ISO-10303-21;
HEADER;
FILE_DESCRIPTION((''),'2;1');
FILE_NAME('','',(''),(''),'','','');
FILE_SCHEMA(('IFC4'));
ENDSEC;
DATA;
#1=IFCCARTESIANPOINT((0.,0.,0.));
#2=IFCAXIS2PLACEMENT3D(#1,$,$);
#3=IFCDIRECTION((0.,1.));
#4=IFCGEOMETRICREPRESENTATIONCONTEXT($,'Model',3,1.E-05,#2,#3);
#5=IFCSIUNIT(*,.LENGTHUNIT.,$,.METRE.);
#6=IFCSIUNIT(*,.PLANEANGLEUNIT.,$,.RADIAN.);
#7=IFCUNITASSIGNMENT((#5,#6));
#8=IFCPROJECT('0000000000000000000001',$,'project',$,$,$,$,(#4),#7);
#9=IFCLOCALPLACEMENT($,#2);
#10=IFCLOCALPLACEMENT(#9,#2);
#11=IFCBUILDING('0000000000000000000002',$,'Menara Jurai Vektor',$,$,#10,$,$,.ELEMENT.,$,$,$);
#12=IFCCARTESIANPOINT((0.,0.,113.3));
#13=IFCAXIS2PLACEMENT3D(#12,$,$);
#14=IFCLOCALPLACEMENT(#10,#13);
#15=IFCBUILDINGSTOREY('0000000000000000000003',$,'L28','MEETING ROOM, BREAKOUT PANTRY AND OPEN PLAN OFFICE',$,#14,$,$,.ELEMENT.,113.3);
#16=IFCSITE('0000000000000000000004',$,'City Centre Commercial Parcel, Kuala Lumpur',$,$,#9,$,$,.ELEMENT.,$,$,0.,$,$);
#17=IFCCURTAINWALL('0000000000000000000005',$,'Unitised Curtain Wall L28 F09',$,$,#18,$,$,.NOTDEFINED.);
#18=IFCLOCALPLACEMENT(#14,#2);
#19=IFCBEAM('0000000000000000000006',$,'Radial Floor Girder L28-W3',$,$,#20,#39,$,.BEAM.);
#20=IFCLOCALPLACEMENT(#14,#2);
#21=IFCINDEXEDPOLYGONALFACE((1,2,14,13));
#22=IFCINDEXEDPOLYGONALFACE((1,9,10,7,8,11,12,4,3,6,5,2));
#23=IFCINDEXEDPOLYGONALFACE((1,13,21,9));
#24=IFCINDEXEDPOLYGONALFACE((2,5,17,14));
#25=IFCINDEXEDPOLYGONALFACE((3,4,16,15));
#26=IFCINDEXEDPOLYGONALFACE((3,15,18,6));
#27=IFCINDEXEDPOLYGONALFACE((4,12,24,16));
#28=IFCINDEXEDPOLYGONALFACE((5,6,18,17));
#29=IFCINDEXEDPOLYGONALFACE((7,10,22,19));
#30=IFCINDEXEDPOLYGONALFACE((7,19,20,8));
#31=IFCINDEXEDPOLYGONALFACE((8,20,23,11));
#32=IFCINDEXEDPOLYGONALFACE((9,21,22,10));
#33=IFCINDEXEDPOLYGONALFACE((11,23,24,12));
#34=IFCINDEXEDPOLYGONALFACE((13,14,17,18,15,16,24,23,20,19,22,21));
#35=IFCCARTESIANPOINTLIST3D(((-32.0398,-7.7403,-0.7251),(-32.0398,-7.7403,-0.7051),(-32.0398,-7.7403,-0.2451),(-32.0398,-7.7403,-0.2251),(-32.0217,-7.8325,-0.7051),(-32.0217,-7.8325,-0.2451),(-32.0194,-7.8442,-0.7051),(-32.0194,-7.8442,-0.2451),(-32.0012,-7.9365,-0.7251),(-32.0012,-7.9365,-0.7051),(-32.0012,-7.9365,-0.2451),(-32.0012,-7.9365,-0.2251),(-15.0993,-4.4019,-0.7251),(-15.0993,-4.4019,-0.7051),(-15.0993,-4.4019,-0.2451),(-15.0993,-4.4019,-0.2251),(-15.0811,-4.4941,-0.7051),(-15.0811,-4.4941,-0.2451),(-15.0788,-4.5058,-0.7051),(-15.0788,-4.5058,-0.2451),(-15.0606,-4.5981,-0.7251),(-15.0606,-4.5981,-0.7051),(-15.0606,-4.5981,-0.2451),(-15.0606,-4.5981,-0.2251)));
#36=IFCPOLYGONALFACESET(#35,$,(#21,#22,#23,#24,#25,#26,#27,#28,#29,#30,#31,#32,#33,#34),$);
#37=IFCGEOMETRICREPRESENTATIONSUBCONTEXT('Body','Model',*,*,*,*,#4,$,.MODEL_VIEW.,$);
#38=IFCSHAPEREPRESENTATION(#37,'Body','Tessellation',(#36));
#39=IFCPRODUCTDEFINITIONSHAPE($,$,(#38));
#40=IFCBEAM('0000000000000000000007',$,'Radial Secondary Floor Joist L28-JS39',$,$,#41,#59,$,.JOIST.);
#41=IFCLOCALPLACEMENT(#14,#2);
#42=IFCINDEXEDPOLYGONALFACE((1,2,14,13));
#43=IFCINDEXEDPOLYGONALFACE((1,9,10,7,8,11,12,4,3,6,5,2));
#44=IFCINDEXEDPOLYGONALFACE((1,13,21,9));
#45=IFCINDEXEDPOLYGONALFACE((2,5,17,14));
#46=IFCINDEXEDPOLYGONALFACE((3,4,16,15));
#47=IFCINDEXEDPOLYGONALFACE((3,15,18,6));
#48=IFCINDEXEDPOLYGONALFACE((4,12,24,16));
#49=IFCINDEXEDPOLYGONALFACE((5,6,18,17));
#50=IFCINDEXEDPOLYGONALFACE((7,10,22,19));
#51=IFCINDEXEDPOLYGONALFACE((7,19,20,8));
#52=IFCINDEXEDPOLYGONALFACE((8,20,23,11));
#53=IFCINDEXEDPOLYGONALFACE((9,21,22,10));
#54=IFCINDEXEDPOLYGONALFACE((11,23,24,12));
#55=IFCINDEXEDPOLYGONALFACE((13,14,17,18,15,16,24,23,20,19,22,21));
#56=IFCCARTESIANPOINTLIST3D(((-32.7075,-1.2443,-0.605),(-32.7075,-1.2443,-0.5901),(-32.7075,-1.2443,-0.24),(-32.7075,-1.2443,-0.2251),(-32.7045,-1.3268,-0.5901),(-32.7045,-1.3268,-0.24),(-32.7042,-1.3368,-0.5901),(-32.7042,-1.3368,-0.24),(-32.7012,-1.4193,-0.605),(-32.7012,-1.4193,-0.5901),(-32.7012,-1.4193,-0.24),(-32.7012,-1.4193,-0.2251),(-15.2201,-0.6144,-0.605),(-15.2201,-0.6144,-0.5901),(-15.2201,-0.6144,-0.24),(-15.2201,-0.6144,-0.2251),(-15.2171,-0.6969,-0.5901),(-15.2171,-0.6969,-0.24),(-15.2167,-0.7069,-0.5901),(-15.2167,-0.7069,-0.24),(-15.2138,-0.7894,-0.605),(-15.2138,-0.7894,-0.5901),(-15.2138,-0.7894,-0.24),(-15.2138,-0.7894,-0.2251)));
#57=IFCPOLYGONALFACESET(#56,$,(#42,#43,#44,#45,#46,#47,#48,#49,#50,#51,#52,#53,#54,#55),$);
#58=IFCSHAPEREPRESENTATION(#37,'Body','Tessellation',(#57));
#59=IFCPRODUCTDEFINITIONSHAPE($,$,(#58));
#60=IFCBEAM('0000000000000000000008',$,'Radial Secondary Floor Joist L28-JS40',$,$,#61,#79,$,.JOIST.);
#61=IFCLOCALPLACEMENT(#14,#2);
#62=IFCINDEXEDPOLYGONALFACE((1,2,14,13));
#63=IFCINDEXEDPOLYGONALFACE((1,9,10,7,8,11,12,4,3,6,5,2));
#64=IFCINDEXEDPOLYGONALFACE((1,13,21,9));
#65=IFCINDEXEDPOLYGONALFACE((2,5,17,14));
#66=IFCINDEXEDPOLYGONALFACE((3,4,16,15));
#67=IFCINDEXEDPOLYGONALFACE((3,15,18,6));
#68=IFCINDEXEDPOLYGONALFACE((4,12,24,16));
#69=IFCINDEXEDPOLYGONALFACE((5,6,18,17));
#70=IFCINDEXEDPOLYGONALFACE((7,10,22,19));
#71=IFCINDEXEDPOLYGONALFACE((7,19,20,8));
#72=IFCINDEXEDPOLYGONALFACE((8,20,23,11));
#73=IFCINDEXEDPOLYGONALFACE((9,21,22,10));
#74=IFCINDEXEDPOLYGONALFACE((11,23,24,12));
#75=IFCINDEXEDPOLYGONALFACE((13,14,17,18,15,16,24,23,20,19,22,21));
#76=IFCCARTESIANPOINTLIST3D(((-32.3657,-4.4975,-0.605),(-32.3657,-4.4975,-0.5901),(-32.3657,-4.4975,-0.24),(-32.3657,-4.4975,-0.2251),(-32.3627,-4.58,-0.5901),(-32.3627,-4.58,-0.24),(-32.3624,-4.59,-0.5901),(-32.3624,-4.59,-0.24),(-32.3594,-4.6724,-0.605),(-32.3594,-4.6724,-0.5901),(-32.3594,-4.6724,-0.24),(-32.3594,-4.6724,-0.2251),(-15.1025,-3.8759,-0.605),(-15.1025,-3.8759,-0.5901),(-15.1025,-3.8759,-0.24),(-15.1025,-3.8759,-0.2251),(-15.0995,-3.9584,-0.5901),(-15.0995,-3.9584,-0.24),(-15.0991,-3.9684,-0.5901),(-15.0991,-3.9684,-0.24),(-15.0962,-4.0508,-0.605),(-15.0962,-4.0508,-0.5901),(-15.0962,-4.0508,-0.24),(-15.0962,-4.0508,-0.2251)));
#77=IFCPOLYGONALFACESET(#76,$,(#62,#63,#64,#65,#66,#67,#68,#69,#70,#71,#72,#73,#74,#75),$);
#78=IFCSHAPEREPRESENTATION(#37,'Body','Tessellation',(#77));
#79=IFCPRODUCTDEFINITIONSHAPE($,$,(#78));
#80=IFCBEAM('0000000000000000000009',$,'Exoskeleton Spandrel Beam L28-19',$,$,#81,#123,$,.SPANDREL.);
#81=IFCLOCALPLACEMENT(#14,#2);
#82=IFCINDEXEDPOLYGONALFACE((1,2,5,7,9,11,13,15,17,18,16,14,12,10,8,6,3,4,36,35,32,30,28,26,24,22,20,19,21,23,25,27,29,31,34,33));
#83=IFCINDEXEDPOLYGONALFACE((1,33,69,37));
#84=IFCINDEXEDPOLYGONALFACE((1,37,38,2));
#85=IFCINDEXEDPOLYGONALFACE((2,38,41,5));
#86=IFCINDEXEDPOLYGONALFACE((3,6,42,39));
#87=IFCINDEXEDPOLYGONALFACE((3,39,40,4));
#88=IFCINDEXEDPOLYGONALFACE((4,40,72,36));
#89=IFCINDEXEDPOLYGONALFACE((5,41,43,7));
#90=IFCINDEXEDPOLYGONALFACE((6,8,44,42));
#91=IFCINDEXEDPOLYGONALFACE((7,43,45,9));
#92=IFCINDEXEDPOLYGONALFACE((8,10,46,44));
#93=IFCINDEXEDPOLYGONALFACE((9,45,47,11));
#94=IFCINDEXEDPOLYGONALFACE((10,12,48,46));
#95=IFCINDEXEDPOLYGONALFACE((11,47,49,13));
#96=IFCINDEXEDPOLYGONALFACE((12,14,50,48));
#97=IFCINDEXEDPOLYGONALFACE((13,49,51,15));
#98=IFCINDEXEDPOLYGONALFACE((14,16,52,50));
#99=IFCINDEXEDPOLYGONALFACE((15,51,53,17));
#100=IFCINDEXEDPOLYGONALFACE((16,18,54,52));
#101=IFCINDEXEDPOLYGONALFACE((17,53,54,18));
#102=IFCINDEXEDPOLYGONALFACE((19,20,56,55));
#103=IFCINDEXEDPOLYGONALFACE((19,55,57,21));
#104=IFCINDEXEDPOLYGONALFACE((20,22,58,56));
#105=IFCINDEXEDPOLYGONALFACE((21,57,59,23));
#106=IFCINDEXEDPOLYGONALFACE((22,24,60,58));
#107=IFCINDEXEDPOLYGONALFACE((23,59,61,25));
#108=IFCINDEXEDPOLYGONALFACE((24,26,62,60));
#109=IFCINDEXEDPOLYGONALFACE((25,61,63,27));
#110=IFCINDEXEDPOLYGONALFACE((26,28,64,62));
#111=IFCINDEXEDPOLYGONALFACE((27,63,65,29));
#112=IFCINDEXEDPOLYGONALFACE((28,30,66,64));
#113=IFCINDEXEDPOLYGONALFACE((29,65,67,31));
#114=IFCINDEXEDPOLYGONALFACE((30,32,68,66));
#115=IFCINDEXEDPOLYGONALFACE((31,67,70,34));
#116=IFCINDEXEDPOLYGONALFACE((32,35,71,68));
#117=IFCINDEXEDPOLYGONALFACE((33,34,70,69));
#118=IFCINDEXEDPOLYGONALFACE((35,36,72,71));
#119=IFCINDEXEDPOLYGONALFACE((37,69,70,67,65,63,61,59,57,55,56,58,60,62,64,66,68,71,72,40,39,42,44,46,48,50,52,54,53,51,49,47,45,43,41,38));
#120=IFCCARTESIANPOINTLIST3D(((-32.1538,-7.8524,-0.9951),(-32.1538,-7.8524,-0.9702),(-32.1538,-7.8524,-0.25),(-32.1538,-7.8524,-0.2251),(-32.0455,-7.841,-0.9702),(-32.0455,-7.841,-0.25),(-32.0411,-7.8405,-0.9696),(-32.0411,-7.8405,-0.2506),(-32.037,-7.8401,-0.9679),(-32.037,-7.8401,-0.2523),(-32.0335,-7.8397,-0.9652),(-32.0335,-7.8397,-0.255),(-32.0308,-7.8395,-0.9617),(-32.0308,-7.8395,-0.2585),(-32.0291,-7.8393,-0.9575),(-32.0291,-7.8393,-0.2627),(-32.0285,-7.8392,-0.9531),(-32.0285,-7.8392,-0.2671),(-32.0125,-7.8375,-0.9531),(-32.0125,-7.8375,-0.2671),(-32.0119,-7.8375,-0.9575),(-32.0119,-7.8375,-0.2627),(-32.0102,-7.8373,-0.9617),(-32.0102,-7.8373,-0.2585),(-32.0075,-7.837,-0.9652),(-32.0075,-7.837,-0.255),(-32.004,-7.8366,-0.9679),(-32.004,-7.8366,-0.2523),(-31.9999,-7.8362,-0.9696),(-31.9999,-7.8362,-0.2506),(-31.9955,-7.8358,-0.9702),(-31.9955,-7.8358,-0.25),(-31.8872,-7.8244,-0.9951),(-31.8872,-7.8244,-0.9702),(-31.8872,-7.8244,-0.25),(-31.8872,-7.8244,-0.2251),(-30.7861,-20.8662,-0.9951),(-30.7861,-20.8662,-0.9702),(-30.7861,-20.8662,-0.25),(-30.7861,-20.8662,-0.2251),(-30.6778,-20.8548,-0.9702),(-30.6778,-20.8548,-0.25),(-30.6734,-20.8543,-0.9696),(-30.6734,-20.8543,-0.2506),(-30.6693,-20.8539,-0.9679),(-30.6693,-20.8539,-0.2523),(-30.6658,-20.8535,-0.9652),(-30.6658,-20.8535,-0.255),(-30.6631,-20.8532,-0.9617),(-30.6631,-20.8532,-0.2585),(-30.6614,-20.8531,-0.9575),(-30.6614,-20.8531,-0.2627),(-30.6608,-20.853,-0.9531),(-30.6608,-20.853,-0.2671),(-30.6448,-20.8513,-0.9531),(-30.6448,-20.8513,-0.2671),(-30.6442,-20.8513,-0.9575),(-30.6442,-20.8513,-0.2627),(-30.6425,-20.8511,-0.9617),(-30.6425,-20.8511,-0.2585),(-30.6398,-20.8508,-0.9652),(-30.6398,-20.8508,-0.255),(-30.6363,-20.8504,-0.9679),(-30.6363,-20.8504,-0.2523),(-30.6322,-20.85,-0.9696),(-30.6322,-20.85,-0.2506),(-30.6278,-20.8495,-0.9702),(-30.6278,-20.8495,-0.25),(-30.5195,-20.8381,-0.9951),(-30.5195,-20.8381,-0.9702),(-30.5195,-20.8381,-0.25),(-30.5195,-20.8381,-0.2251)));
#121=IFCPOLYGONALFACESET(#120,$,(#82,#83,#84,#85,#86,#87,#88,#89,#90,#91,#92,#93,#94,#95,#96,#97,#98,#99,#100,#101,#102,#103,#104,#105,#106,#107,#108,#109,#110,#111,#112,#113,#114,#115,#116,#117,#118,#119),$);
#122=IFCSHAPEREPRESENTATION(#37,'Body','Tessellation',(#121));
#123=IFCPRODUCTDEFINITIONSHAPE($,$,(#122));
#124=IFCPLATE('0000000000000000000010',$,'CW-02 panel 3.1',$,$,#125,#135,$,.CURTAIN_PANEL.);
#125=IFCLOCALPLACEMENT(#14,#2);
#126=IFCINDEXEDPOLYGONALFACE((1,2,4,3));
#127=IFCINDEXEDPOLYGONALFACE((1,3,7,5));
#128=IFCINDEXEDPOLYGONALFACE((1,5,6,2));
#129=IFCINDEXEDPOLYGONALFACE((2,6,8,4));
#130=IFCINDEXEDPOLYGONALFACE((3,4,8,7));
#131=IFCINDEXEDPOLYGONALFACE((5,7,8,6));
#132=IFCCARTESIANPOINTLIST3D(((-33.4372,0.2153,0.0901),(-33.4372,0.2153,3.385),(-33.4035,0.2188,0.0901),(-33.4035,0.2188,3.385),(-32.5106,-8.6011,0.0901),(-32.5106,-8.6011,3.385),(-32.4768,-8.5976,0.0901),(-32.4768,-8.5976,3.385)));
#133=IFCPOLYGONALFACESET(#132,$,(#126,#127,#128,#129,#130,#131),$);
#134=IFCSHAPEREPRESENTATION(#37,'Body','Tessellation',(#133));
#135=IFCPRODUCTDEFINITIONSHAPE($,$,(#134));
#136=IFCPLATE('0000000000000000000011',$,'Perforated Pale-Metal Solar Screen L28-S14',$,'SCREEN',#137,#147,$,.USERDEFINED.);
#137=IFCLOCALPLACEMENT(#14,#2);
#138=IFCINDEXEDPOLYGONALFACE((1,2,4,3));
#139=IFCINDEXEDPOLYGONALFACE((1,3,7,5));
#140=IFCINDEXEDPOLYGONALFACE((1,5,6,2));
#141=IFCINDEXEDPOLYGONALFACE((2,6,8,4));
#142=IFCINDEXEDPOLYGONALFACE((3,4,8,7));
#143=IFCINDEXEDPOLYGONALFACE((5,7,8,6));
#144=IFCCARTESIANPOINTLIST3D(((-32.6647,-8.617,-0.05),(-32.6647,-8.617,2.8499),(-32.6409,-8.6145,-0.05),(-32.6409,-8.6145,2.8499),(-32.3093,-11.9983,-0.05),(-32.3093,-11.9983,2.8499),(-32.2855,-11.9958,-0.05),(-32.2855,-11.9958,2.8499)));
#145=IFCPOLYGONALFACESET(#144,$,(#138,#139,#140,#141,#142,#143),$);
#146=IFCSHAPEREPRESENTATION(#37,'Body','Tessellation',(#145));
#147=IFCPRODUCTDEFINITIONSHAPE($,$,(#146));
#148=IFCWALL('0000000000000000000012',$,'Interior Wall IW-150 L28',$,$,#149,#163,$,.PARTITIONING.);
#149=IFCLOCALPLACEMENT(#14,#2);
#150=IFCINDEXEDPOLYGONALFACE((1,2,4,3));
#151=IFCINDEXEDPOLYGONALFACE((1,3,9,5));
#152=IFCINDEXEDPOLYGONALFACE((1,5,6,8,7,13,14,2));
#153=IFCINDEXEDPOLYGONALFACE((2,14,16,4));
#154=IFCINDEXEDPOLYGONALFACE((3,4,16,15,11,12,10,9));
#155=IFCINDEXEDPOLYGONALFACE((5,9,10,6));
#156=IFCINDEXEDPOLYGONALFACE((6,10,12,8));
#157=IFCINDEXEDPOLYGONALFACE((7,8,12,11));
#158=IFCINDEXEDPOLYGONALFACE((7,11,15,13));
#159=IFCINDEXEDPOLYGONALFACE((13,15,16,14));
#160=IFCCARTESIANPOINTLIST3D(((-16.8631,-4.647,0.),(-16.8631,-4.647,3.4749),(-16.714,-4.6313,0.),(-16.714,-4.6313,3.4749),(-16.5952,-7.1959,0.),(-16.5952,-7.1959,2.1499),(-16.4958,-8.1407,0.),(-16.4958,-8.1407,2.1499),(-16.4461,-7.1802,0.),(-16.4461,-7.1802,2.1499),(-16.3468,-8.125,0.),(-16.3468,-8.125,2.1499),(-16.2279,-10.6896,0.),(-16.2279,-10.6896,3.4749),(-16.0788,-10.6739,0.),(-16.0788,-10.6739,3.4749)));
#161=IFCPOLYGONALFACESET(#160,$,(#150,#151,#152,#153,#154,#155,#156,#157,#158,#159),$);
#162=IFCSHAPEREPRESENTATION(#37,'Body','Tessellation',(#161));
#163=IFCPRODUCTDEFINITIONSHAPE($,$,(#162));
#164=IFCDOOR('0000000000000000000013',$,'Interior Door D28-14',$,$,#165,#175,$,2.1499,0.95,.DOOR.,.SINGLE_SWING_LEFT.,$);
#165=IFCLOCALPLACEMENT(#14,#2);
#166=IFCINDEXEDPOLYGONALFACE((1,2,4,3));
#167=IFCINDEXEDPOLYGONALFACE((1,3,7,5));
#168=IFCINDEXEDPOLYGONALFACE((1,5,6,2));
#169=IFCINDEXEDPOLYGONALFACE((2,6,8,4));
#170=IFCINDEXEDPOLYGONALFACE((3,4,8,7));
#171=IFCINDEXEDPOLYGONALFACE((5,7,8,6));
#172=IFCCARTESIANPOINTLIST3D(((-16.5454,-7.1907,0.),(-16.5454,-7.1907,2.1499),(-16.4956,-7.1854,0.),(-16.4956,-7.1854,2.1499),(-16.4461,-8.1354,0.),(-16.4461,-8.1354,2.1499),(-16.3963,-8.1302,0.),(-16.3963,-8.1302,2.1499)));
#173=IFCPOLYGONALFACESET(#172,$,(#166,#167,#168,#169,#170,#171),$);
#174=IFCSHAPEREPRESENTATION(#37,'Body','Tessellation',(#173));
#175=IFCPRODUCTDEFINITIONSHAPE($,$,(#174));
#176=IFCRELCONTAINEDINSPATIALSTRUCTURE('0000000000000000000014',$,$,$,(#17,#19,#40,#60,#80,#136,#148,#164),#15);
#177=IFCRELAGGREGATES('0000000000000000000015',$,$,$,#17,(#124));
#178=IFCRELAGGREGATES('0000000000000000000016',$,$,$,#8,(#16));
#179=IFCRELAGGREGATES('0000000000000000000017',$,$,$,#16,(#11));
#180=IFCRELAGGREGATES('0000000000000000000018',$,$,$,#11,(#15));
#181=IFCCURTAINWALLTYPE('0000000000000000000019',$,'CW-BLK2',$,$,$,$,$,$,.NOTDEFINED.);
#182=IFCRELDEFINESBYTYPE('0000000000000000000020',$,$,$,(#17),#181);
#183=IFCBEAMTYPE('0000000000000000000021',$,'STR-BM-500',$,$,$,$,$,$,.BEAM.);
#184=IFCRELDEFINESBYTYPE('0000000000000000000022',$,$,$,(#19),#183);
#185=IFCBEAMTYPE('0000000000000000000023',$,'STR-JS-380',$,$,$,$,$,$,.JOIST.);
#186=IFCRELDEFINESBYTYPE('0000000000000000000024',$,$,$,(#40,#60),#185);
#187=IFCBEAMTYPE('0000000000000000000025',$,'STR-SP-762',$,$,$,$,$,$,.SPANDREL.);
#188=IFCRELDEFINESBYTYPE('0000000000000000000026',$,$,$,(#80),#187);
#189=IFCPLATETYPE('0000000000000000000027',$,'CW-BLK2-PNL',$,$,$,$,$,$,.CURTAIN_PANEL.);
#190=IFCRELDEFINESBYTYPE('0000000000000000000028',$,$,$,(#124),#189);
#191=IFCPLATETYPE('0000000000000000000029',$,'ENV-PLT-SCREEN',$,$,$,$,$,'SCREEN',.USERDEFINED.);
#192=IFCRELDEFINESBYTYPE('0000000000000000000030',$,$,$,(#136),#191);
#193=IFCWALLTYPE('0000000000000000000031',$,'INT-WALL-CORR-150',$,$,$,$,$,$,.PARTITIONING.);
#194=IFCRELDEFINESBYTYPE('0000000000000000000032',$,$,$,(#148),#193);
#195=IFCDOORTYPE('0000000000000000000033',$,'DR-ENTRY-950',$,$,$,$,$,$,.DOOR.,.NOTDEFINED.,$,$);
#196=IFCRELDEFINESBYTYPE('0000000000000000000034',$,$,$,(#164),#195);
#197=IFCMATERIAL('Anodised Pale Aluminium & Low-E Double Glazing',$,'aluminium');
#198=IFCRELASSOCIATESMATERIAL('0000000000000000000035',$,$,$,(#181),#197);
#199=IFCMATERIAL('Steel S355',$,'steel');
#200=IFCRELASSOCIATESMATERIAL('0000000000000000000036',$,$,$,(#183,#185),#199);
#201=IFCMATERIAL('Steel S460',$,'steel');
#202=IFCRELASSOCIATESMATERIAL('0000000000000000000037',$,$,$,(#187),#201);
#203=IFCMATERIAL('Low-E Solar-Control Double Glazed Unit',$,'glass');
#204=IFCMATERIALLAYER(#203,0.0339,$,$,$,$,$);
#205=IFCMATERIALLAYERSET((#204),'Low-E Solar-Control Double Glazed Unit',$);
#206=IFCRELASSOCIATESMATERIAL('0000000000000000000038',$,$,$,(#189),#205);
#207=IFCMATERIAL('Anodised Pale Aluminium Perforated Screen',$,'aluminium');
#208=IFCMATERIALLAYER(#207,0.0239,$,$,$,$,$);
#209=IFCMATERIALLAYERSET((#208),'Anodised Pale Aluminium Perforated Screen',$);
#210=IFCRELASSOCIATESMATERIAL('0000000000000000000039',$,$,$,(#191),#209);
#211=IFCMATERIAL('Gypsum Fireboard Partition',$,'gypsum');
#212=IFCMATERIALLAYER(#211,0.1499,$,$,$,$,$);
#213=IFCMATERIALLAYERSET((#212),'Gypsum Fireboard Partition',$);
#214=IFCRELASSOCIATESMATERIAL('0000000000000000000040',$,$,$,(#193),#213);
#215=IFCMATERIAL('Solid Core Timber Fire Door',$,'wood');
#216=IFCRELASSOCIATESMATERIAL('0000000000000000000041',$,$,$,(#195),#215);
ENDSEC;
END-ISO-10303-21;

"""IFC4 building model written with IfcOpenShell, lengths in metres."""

from ifc_helpers import new_model, si_unit, direction, frame, frame_2d, origin, origin_2d, place, context, subcontext, project, spatial, rectangle, i_section, extrude, material, layer, layer_set, material_profile, profile_set, type_object, element, fill, aggregate, save


model = new_model("IFC4")

# Units and contexts
model_context = context("Model", 3, precision=1e-05, world=origin(), true_north=direction((0.0, 1.0)))
body_context = subcontext(model_context, "Body", "Model", "MODEL_VIEW")
ifc_project = project(units=[si_unit("LENGTHUNIT", "METRE"), si_unit("PLANEANGLEUNIT", "RADIAN")], contexts=[model_context])

# Site, building, storey
site_placement = place(None, origin())
site = spatial("IfcSite", under=ifc_project, at=site_placement, Name="City Centre Commercial Parcel, Kuala Lumpur", CompositionType="ELEMENT", RefElevation=0.0)
building_placement = place(site_placement, origin())
building = spatial("IfcBuilding", under=site, at=building_placement, Name="Menara Jurai Vektor", CompositionType="ELEMENT")
storey_placement = place(building_placement, frame((0.0, 0.0, 113.3)))
storey = spatial("IfcBuildingStorey", under=building, at=storey_placement, Name="L28", Description="MEETING ROOM, BREAKOUT PANTRY AND OPEN PLAN OFFICE", CompositionType="ELEMENT", Elevation=113.3)

# Shared definitions
ifc_material_1 = material(Name="Steel S460", Category="steel")

# Curtain wall
ifc_material_2 = material(Name="Anodised Pale Aluminium & Low-E Double Glazing", Category="aluminium")
curtain_wall_type = type_object("IfcCurtainWallType", Name="CW-BLK2", PredefinedType="NOTDEFINED", material=ifc_material_2)
curtain_wall_placement = place(storey_placement, origin())
curtain_wall = element("IfcCurtainWall", 1, at=curtain_wall_placement, inside=storey, type_object=curtain_wall_type, Name="Unitised Curtain Wall L28 F09", PredefinedType="NOTDEFINED")

# Beams
ifc_material_3 = material(Name="Steel S355", Category="steel")
ifc_material_profile_1 = material_profile(ifc_material_3, i_section(OverallWidth=0.2, OverallDepth=0.5, WebThickness=0.012, FlangeThickness=0.02, at=origin_2d()), Name="PG 500x200x96")
ifc_profile_set_1 = profile_set([ifc_material_profile_1], Name="Steel S355")
beam_type_1 = type_object("IfcBeamType", Name="STR-BM-500", PredefinedType="BEAM", material=ifc_profile_set_1)
beam_1_placement = place(storey_placement, frame((-32.0205, -7.8384, -0.4751), z_axis=(0.98113, 0.193347, 0.0), x_axis=(-0.193347, 0.98113, 0.0)))
element("IfcBeam", 2, at=beam_1_placement, inside=storey, type_object=beam_type_1, Name="Radial Floor Girder L28-W3", PredefinedType="BEAM", context=body_context, shape_type="SweptSolid", body=[
    extrude(i_section(OverallWidth=0.2, OverallDepth=0.5, WebThickness=0.012, FlangeThickness=0.02, at=origin_2d()), origin(), (0.0, 0.0, 1.0), 17.2664),
])
ifc_material_profile_2 = material_profile(ifc_material_3, i_section(OverallWidth=0.175, OverallDepth=0.3799, WebThickness=0.01, FlangeThickness=0.0149, at=origin_2d()), Name="PG 380x175x58")
ifc_profile_set_2 = profile_set([ifc_material_profile_2], Name="Steel S355")
beam_type_2 = type_object("IfcBeamType", Name="STR-JS-380", PredefinedType="JOIST", material=ifc_profile_set_2)
beam_2_placement = place(storey_placement, frame((-32.7043, -1.3318, -0.415), z_axis=(0.999352, 0.035996, 0.0), x_axis=(-0.035996, 0.999352, 0.0)))
element("IfcBeam", 3, at=beam_2_placement, inside=storey, type_object=beam_type_2, Name="Radial Secondary Floor Joist L28-JS39", PredefinedType="JOIST", context=body_context, shape_type="SweptSolid", body=[
    extrude(i_section(OverallWidth=0.175, OverallDepth=0.3799, WebThickness=0.01, FlangeThickness=0.0149, at=origin_2d()), origin(), (0.0, 0.0, 1.0), 17.4988),
])
beam_3_placement = place(storey_placement, frame((-32.3625, -4.585, -0.415), z_axis=(0.999352, 0.035983, 0.0), x_axis=(-0.035983, 0.999352, 0.0)))
element("IfcBeam", 4, at=beam_3_placement, inside=storey, type_object=beam_type_2, Name="Radial Secondary Floor Joist L28-JS40", PredefinedType="JOIST", context=body_context, shape_type="SweptSolid", body=[
    extrude(i_section(OverallWidth=0.175, OverallDepth=0.3799, WebThickness=0.01, FlangeThickness=0.0149, at=origin_2d()), origin(), (0.0, 0.0, 1.0), 17.2744),
])
ifc_material_profile_3 = material_profile(ifc_material_1, i_section(OverallWidth=0.2681, OverallDepth=0.77, WebThickness=0.0161, FlangeThickness=0.0249, FilletRadius=0.0171, at=origin_2d()), Name="UKB 762x267x197")
ifc_profile_set_3 = profile_set([ifc_material_profile_3], Name="Steel S460")
beam_type_3 = type_object("IfcBeamType", Name="STR-SP-762", PredefinedType="SPANDREL", material=ifc_profile_set_3)
beam_4_placement = place(storey_placement, frame((-32.0205, -7.8384, -0.6101), z_axis=(0.10452, -0.994523, 0.0), x_axis=(0.994523, 0.10452, 0.0)))
element("IfcBeam", 5, at=beam_4_placement, inside=storey, type_object=beam_type_3, Name="Exoskeleton Spandrel Beam L28-19", PredefinedType="SPANDREL", context=body_context, shape_type="SweptSolid", body=[
    extrude(i_section(OverallWidth=0.2681, OverallDepth=0.77, WebThickness=0.0161, FlangeThickness=0.0249, FilletRadius=0.0171, at=origin_2d()), origin(), (0.0, 0.0, 1.0), 13.0854),
])

# Plates
ifc_material_4 = material(Name="Low-E Solar-Control Double Glazed Unit", Category="glass")
ifc_layer_1 = layer(ifc_material_4, 0.0339)
ifc_layer_set_1 = layer_set([ifc_layer_1], Name="Low-E Solar-Control Double Glazed Unit")
plate_type_1 = type_object("IfcPlateType", Name="CW-BLK2-PNL", PredefinedType="CURTAIN_PANEL", material=ifc_layer_set_1)
plate_1_placement = place(storey_placement, frame((-32.957, -4.1912, 0.0901), z_axis=(0.0, 0.0, 1.0), x_axis=(0.104531, -0.994522, 0.0)))
plate_1 = element("IfcPlate", 6, at=plate_1_placement, type_object=plate_type_1, Name="CW-02 panel 3.1", PredefinedType="CURTAIN_PANEL", context=body_context, shape_type="SweptSolid", body=[
    extrude(rectangle(XDim=8.865, YDim=0.0339, at=origin_2d()), origin(), (0.0, 0.0, 1.0), 3.2949),
])
aggregate(curtain_wall, [plate_1])
ifc_material_5 = material(Name="Anodised Pale Aluminium Perforated Screen", Category="aluminium")
ifc_layer_2 = layer(ifc_material_5, 0.0239)
ifc_layer_set_2 = layer_set([ifc_layer_2], Name="Anodised Pale Aluminium Perforated Screen")
plate_type_2 = type_object("IfcPlateType", Name="ENV-PLT-SCREEN", ElementType="SCREEN", PredefinedType="USERDEFINED", material=ifc_layer_set_2)
plate_2_placement = place(storey_placement, frame((-32.4751, -10.3064, -0.05), z_axis=(0.0, 0.0, 1.0), x_axis=(0.104528, -0.994522, 0.0)))
element("IfcPlate", 7, at=plate_2_placement, inside=storey, type_object=plate_type_2, Name="Perforated Pale-Metal Solar Screen L28-S14", ObjectType="SCREEN", PredefinedType="USERDEFINED", context=body_context, shape_type="SweptSolid", body=[
    extrude(rectangle(XDim=3.3999, YDim=0.0239, at=origin_2d()), origin(), (0.0, 0.0, 1.0), 2.8999),
])

# Wall, opening, door
ifc_material_6 = material(Name="Gypsum Fireboard Partition", Category="gypsum")
ifc_layer_3 = layer(ifc_material_6, 0.1499)
ifc_layer_set_3 = layer_set([ifc_layer_3], Name="Gypsum Fireboard Partition")
wall_type_1 = type_object("IfcWallType", Name="INT-WALL-CORR-150", PredefinedType="PARTITIONING", material=ifc_layer_set_3)
wall_1_placement = place(storey_placement, frame((-16.1533, -10.6819, 0.0), z_axis=(0.0, 0.0, 1.0), x_axis=(-0.104551, 0.99452, 0.0)))
wall_1 = element("IfcWall", 8, at=wall_1_placement, inside=storey, type_object=wall_type_1, Name="Interior Wall IW-150 L28", PredefinedType="PARTITIONING", context=body_context, shape_type="SweptSolid", body=[
    extrude(rectangle(XDim=6.0759, YDim=0.1499, at=frame_2d((3.0381, 0.0))), origin(), (0.0, 0.0, 1.0), 3.4749),
])
opening_1_placement = place(wall_1_placement, frame((2.563, 0.0, 0.0)))
opening_1 = element("IfcOpeningElement", 9, at=opening_1_placement, cuts=wall_1, PredefinedType="OPENING", context=body_context, shape_type="SweptSolid", body=[
    extrude(rectangle(XDim=0.95, YDim=2.1499, at=frame_2d((0.4751, 1.075))), frame((0.0, 0.085, 0.0), z_axis=(0.0, -1.0, 0.0), x_axis=(1.0, 0.0, 0.0)), (0.0, 0.0, 1.0), 0.1699),
])
ifc_material_7 = material(Name="Solid Core Timber Fire Door", Category="wood")
door_type_1 = type_object("IfcDoorType", Name="DR-ENTRY-950", OperationType="NOTDEFINED", PredefinedType="DOOR", material=ifc_material_7)
door_1_placement = place(opening_1_placement, origin())
door_1 = element("IfcDoor", 10, at=door_1_placement, inside=storey, type_object=door_type_1, Name="Interior Door D28-14", OperationType="SINGLE_SWING_LEFT", OverallHeight=2.1499, OverallWidth=0.95, PredefinedType="DOOR", context=body_context, shape_type="SweptSolid", body=[
    extrude(rectangle(XDim=0.95, YDim=2.1499, at=frame_2d((0.4751, 1.075))), frame((0.0, 0.0249, 0.0), z_axis=(0.0, -1.0, 0.0), x_axis=(1.0, 0.0, 0.0)), (0.0, 0.0, 1.0), 0.05),
])
fill(opening_1, door_1)

save(model, "model.ifc")
